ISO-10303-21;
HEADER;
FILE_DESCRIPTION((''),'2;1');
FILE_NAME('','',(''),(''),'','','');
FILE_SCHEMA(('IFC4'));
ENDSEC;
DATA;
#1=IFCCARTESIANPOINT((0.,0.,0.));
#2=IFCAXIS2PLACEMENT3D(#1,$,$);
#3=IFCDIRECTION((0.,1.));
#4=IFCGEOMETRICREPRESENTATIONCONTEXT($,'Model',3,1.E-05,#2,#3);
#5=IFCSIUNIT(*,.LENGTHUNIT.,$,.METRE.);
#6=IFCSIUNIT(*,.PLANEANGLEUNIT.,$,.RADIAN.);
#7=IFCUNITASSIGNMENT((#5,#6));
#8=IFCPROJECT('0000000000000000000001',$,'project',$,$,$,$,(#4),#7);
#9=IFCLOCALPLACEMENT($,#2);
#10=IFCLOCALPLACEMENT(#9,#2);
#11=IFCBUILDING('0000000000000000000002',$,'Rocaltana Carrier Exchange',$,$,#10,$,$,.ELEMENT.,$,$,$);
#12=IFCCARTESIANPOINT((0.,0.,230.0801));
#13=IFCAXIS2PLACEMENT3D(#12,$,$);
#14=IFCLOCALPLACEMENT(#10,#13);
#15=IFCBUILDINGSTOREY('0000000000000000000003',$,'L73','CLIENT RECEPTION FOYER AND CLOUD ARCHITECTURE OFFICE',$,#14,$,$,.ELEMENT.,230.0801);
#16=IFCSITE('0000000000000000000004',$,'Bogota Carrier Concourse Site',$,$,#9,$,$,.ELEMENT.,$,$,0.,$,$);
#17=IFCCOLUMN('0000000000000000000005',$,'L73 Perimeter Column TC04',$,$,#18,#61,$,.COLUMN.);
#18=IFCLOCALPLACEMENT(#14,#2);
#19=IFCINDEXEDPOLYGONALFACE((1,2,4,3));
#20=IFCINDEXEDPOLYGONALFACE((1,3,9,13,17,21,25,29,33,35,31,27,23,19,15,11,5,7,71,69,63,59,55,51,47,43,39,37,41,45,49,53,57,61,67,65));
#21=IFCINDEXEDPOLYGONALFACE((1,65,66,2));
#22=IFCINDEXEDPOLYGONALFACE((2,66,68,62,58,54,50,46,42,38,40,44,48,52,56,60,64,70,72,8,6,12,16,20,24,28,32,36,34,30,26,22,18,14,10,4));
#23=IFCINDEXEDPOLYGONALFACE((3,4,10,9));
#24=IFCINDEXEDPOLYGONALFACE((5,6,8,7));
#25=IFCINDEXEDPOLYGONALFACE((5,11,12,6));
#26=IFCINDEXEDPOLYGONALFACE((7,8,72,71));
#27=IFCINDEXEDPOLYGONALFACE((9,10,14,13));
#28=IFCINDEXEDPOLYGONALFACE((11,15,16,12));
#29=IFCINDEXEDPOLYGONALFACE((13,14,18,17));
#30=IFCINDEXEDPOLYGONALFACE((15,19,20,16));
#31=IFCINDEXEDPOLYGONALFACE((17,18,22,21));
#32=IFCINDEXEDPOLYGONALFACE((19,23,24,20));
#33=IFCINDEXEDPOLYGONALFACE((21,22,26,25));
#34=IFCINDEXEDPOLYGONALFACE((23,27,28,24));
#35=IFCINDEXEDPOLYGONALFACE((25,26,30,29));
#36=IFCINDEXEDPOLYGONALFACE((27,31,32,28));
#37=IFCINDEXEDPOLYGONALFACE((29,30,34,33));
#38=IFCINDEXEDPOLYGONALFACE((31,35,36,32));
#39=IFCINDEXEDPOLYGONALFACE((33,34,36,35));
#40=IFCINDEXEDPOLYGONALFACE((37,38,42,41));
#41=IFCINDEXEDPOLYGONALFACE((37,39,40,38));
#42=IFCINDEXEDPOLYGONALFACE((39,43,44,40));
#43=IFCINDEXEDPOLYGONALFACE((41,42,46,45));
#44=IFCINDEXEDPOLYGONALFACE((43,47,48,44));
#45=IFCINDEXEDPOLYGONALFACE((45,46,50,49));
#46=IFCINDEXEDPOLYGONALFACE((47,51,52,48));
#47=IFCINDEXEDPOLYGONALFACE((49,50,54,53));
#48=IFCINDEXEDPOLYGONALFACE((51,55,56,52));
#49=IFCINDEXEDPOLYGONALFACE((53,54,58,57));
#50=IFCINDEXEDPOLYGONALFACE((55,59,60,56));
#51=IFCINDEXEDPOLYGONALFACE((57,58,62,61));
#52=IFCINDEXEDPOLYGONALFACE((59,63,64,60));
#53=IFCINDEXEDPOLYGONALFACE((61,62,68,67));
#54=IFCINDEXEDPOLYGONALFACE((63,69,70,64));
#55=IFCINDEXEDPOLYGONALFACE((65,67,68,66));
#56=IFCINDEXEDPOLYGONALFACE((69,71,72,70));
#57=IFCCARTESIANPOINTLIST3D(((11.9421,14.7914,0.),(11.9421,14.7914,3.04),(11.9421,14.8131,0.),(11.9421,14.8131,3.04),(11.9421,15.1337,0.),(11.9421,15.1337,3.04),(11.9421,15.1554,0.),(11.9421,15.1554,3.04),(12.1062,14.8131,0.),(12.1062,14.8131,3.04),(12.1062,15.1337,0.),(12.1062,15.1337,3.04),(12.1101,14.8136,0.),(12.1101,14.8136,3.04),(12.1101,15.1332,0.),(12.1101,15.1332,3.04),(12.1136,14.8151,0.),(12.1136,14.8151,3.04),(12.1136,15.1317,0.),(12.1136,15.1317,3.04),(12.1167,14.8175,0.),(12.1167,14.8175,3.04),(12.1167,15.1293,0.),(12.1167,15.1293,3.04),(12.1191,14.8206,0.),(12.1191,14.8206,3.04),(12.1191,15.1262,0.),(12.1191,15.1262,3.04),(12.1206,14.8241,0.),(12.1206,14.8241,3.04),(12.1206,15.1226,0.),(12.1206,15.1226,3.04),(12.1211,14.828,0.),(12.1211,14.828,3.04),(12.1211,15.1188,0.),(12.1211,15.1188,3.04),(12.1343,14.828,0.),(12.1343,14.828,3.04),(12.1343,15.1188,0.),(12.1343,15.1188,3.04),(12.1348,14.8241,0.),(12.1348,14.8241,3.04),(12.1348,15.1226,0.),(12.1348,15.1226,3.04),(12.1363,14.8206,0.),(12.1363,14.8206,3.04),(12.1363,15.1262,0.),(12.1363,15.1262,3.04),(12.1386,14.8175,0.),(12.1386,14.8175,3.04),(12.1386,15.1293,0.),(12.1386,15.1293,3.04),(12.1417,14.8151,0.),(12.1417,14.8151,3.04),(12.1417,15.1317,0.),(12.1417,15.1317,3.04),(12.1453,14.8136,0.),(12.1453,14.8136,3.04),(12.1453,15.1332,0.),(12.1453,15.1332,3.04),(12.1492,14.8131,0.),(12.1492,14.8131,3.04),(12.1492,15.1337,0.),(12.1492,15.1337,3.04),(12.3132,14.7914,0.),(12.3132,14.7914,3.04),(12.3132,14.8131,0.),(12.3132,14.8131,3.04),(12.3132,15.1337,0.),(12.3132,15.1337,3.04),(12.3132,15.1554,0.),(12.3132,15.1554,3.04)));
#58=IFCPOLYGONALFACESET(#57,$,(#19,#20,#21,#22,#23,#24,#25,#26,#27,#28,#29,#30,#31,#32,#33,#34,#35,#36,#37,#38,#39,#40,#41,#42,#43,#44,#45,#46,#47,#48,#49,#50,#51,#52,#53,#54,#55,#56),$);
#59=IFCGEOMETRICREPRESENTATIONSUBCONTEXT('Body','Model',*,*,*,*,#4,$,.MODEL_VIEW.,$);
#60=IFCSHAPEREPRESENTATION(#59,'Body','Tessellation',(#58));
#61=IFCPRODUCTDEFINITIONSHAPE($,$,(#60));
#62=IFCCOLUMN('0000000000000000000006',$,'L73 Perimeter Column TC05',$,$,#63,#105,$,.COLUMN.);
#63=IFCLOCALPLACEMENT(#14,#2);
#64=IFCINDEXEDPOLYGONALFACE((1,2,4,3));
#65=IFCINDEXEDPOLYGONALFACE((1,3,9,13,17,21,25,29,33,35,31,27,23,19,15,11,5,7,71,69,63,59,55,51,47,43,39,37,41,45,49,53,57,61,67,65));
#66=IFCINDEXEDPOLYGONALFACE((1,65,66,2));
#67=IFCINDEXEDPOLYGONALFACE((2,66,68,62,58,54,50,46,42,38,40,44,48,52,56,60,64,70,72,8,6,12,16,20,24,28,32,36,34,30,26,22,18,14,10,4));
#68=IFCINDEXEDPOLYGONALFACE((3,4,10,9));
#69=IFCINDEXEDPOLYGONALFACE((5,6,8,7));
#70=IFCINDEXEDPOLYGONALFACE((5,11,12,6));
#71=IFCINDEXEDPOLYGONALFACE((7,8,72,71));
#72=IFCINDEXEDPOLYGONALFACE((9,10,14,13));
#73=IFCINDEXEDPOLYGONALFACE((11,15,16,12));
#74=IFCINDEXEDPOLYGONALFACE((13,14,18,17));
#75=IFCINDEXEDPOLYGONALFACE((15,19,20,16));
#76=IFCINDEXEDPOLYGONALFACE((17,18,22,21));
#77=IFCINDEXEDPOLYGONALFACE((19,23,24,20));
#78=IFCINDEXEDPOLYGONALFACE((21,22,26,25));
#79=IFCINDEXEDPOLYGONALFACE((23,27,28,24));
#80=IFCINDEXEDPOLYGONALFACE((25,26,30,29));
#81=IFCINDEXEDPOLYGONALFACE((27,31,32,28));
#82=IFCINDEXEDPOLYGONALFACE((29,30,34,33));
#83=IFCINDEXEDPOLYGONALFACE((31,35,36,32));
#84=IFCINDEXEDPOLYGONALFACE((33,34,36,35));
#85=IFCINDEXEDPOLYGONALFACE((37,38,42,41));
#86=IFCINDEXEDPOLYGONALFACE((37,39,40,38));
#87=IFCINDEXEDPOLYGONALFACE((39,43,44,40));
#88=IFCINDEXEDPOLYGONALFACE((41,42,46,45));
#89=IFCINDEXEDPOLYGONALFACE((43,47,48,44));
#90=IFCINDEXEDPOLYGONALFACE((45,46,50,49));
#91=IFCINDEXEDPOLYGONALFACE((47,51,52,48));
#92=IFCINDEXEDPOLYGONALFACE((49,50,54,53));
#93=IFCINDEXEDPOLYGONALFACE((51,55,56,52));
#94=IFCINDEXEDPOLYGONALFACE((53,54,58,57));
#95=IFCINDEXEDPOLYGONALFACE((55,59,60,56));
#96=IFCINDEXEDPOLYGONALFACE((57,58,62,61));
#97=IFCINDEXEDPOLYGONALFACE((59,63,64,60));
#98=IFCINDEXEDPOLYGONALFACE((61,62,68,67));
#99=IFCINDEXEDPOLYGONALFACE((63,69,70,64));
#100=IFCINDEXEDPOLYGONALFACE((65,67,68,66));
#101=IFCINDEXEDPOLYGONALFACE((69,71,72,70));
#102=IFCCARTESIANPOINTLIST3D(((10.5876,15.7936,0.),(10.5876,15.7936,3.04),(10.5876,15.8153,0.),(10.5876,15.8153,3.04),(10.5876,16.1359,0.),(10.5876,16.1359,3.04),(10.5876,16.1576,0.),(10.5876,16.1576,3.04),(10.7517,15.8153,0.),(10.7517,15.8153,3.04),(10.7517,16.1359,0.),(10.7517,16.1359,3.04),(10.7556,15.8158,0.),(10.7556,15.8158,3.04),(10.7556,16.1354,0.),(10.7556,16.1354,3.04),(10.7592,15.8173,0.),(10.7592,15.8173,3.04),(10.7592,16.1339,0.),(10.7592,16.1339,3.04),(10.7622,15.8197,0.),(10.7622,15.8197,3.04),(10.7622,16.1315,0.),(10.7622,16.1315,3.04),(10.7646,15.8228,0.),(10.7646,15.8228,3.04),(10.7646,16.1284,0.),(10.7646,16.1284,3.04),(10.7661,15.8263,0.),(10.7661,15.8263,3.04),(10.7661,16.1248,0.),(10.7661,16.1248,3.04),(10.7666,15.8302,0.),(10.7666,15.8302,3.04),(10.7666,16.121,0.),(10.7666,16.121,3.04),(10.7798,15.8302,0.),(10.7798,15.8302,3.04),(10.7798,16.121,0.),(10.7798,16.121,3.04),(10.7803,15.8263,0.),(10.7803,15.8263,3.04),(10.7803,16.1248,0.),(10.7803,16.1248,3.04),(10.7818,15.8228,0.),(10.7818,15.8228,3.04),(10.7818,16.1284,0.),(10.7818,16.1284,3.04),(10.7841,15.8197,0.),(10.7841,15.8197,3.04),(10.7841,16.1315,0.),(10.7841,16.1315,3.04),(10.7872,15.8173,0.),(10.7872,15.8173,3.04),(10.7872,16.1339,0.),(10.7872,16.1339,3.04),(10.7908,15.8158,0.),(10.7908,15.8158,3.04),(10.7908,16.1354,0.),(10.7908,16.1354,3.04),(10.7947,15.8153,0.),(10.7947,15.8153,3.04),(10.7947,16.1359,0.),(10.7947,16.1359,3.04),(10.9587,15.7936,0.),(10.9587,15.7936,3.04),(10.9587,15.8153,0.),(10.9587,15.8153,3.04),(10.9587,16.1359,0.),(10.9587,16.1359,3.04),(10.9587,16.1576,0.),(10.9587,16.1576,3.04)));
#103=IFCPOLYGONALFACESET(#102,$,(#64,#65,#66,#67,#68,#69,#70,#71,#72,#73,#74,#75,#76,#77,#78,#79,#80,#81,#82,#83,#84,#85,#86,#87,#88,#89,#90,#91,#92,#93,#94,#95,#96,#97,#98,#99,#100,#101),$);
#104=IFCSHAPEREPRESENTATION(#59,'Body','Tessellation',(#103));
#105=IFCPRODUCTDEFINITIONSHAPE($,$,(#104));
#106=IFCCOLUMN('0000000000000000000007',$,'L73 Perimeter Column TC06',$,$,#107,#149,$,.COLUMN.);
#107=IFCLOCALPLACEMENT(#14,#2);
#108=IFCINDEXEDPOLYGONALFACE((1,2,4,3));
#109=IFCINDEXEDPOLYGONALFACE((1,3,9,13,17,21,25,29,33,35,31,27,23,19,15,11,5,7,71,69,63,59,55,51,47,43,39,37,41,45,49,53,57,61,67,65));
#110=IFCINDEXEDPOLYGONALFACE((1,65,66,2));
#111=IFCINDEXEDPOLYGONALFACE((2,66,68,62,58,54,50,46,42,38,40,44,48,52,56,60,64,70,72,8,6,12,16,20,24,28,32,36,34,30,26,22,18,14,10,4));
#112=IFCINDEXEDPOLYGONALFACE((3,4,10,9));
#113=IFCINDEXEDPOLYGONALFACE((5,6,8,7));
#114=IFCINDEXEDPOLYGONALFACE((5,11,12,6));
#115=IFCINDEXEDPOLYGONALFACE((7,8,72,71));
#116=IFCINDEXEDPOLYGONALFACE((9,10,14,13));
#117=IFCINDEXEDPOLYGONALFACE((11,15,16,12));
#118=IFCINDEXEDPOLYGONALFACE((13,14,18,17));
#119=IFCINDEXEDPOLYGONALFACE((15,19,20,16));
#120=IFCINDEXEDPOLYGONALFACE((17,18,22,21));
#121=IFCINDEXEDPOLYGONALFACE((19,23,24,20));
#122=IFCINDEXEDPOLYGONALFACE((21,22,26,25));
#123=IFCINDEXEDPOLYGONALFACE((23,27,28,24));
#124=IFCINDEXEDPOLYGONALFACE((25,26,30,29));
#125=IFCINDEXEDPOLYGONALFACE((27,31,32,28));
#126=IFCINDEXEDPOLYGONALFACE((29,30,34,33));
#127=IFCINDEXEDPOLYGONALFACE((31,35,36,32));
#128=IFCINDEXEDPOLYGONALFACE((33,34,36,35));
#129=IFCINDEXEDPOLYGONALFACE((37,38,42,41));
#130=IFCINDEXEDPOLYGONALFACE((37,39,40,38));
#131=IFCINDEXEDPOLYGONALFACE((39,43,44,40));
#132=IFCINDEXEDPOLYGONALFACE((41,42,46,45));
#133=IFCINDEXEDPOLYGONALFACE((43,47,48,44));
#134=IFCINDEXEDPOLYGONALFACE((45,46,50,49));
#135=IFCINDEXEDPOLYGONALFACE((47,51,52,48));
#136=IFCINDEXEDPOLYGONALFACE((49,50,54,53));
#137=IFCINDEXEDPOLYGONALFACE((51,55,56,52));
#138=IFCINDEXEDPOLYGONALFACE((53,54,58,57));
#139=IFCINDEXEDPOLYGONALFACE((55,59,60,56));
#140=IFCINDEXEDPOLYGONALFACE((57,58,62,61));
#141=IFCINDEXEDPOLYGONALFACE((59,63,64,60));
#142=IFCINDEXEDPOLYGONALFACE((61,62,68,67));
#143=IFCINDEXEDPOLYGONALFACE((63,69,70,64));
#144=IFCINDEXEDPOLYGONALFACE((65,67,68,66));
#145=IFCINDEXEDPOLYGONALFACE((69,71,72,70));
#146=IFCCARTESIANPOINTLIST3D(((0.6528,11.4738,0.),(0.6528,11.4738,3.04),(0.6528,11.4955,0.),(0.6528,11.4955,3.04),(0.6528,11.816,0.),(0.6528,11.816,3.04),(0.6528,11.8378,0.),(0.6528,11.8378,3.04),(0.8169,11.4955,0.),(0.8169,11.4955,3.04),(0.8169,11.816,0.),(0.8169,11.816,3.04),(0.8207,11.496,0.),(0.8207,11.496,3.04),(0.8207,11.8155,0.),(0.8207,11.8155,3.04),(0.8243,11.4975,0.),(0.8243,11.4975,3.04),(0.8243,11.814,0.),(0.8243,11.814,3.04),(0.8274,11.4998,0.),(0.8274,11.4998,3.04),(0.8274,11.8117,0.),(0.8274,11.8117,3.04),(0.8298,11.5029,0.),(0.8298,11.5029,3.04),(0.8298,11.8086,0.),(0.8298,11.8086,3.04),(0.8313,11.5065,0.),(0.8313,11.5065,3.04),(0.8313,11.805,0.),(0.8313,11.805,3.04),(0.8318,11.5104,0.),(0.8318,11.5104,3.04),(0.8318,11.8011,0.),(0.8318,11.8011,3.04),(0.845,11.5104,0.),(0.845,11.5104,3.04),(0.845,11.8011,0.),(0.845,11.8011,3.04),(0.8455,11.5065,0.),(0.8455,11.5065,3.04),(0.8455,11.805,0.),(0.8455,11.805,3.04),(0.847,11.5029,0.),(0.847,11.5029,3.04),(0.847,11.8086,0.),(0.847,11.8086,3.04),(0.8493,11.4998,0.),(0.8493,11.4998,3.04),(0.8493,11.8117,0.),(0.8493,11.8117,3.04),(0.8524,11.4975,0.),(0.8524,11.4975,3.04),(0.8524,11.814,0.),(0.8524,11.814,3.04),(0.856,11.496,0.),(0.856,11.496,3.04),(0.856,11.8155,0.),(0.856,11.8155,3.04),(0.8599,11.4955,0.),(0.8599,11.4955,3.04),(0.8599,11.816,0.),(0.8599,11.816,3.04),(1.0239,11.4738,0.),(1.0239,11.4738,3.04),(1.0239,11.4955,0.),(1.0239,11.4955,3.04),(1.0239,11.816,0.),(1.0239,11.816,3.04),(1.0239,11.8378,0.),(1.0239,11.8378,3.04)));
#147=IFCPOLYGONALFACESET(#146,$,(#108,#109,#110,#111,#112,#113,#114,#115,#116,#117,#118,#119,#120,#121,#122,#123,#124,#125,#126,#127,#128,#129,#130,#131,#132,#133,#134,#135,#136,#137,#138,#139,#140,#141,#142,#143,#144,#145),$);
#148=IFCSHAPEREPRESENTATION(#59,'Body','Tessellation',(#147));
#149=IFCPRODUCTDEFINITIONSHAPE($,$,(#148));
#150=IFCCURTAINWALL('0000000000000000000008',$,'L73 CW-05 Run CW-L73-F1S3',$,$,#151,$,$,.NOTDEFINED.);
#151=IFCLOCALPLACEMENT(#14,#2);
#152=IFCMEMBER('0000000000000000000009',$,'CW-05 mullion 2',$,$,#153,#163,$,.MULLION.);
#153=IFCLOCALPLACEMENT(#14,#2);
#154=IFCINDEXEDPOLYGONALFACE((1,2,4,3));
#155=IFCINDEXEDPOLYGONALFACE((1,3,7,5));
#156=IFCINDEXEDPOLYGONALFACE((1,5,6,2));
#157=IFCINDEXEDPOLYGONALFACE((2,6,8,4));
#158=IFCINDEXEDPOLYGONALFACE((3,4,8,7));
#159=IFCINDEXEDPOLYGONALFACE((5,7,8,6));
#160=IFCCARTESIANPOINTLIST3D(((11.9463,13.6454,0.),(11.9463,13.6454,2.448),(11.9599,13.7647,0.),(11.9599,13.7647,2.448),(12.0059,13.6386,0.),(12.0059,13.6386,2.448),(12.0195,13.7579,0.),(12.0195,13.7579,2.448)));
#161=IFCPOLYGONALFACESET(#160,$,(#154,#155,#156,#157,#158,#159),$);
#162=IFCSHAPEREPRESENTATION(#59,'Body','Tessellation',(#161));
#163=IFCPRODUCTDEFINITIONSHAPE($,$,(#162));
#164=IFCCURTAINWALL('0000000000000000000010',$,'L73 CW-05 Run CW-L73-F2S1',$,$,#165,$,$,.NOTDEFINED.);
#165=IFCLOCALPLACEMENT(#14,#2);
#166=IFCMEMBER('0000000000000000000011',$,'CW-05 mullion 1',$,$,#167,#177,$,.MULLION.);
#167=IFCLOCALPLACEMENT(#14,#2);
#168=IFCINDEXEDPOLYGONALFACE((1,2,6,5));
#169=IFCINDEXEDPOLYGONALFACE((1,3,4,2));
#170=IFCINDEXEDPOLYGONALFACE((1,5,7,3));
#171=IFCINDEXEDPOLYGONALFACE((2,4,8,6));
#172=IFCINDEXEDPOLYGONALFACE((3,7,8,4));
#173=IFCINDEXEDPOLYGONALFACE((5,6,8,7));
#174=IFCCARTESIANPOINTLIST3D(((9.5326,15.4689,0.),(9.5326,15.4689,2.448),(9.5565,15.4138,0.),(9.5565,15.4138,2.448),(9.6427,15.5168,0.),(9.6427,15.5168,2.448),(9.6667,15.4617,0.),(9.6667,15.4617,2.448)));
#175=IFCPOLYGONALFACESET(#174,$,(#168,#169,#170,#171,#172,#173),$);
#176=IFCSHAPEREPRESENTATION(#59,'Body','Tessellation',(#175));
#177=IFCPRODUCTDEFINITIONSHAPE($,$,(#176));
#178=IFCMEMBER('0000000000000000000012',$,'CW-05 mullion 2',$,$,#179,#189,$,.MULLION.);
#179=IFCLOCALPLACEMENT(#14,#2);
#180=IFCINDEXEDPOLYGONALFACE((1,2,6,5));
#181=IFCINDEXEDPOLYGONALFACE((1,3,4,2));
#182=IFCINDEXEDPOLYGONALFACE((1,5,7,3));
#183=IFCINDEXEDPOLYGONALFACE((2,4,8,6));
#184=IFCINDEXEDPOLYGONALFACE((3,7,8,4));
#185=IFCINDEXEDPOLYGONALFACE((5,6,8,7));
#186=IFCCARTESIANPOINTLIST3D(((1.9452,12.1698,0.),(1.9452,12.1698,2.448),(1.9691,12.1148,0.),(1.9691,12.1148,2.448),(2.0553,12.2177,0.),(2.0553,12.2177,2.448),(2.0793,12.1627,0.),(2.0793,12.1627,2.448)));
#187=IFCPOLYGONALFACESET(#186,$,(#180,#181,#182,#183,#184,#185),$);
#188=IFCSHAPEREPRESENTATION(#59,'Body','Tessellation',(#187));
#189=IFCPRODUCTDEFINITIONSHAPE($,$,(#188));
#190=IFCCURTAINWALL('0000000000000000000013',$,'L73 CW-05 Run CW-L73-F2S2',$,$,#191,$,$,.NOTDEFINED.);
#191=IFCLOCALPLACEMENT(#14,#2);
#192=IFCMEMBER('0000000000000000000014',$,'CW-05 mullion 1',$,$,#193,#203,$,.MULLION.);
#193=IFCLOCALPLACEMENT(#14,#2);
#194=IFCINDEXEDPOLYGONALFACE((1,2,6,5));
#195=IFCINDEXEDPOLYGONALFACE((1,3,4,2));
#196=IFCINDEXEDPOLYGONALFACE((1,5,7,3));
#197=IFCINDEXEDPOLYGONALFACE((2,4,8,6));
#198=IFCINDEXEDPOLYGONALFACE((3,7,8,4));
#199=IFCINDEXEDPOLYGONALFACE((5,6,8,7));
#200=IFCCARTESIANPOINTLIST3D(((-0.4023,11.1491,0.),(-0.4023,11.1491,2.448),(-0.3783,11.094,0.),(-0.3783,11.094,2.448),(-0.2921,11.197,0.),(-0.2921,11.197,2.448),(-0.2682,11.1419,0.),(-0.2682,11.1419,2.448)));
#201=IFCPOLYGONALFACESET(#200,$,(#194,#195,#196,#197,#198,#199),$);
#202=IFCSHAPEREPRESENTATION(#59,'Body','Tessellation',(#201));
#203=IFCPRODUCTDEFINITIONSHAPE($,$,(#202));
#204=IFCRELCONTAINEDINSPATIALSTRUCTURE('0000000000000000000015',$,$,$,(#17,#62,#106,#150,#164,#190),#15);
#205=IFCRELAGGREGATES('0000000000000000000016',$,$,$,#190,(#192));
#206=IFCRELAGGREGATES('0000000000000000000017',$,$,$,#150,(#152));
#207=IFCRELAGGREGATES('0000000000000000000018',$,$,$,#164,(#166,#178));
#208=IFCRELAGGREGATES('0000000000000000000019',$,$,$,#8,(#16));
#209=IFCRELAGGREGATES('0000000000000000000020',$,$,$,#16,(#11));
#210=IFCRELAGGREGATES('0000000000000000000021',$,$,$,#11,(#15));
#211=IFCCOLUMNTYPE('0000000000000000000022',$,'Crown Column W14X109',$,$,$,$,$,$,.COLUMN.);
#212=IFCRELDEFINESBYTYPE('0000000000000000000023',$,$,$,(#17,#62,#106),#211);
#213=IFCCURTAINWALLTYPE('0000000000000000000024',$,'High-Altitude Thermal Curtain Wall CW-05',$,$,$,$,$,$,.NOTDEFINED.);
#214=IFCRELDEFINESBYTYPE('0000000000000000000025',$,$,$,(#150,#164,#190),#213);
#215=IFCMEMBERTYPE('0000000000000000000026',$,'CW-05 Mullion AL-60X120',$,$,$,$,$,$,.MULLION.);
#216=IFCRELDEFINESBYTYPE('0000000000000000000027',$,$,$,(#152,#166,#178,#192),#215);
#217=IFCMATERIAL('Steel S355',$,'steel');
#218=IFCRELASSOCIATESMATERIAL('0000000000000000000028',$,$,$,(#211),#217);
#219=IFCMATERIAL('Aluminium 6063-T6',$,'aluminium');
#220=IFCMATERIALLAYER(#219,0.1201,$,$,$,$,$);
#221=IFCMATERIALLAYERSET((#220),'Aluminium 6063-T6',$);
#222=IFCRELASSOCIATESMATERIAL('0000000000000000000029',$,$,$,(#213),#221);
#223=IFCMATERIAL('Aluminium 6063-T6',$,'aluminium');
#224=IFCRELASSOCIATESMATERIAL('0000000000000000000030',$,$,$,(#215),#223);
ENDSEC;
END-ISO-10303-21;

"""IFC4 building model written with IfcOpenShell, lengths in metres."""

from ifc_helpers import new_model, si_unit, direction, frame, origin, origin_2d, place, context, subcontext, project, spatial, rectangle, i_section, extrude, material, layer, layer_set, material_profile, profile_set, type_object, element, aggregate, save


model = new_model("IFC4")

# Units and contexts
model_context = context("Model", 3, precision=1e-05, world=origin(), true_north=direction((0.0, 1.0)))
body_context = subcontext(model_context, "Body", "Model", "MODEL_VIEW")
ifc_project = project(units=[si_unit("LENGTHUNIT", "METRE"), si_unit("PLANEANGLEUNIT", "RADIAN")], contexts=[model_context])

# Site, building, storey
site_placement = place(None, origin())
site = spatial("IfcSite", under=ifc_project, at=site_placement, Name="Bogota Carrier Concourse Site", CompositionType="ELEMENT", RefElevation=0.0)
building_placement = place(site_placement, origin())
building = spatial("IfcBuilding", under=site, at=building_placement, Name="Rocaltana Carrier Exchange", CompositionType="ELEMENT")
storey_placement = place(building_placement, frame((0.0, 0.0, 230.0801)))
storey = spatial("IfcBuildingStorey", under=building, at=storey_placement, Name="L73", Description="CLIENT RECEPTION FOYER AND CLOUD ARCHITECTURE OFFICE", CompositionType="ELEMENT", Elevation=230.0801)

# Columns
ifc_material_1 = material(Name="Steel S355", Category="steel")
ifc_material_profile_1 = material_profile(ifc_material_1, i_section(OverallWidth=0.3711, OverallDepth=0.364, WebThickness=0.0132, FlangeThickness=0.0217, FilletRadius=0.0149, at=origin_2d()), Name="W14X109")
ifc_profile_set_1 = profile_set([ifc_material_profile_1], Name="Steel S355")
column_type = type_object("IfcColumnType", Name="Crown Column W14X109", PredefinedType="COLUMN", material=ifc_profile_set_1)
for number, where, z_axis, x_axis, name in (
    (1, (12.1277, 14.9734, 0.0), (0.0, 0.0, 1.0), (1.0, 0.0, 0.0), "L73 Perimeter Column TC04"),
    (2, (10.7732, 15.9756, 0.0), (0.0, 0.0, 1.0), (1.0, 0.0, 0.0), "L73 Perimeter Column TC05"),
    (3, (0.8384, 11.6558, 0.0), (0.0, 0.0, 1.0), (1.0, 0.0, 0.0), "L73 Perimeter Column TC06"),
):
    element("IfcColumn", number, at=place(storey_placement, frame(where, z_axis=z_axis, x_axis=x_axis)), inside=storey, type_object=column_type, Name=name, PredefinedType="COLUMN", context=body_context, shape_type="SweptSolid", body=[
        extrude(i_section(OverallWidth=0.3711, OverallDepth=0.364, WebThickness=0.0132, FlangeThickness=0.0217, FilletRadius=0.0149, at=origin_2d()), origin(), (0.0, 0.0, 1.0), 3.04),
    ])

# Curtain wall, member
ifc_material_2 = material(Name="Aluminium 6063-T6", Category="aluminium")
ifc_layer_1 = layer(ifc_material_2, 0.1201)
ifc_layer_set_1 = layer_set([ifc_layer_1], Name="Aluminium 6063-T6")
curtain_wall_type = type_object("IfcCurtainWallType", Name="High-Altitude Thermal Curtain Wall CW-05", PredefinedType="NOTDEFINED", material=ifc_layer_set_1)
curtain_wall_1_placement = place(storey_placement, origin())
curtain_wall_1 = element("IfcCurtainWall", 4, at=curtain_wall_1_placement, inside=storey, type_object=curtain_wall_type, Name="L73 CW-05 Run CW-L73-F1S3", PredefinedType="NOTDEFINED")
ifc_material_3 = material(Name="Aluminium 6063-T6", Category="aluminium")
ifc_material_profile_2 = material_profile(ifc_material_3, rectangle(XDim=0.0601, YDim=0.1201, at=origin_2d()), Name="AL-60X120")
ifc_profile_set_2 = profile_set([ifc_material_profile_2], Name="Aluminium 6063-T6")
member_type_1 = type_object("IfcMemberType", Name="CW-05 Mullion AL-60X120", PredefinedType="MULLION", material=ifc_profile_set_2)
member_1_placement = place(storey_placement, frame((11.9829, 13.7017, 0.0), z_axis=(0.0, 0.0, 1.0), x_axis=(-0.993573, 0.113197, 0.0)))
member_1 = element("IfcMember", 5, at=member_1_placement, type_object=member_type_1, Name="CW-05 mullion 2", PredefinedType="MULLION", context=body_context, shape_type="SweptSolid", body=[
    extrude(rectangle(XDim=0.0601, YDim=0.1201, at=origin_2d()), origin(), (0.0, 0.0, 1.0), 2.448),
])

# Curtain wall, members
curtain_wall_2_placement = place(storey_placement, origin())
curtain_wall_2 = element("IfcCurtainWall", 6, at=curtain_wall_2_placement, inside=storey, type_object=curtain_wall_type, Name="L73 CW-05 Run CW-L73-F2S1", PredefinedType="NOTDEFINED")
member_2_placement = place(storey_placement, frame((9.5996, 15.4653, 0.0), z_axis=(0.0, 0.0, 1.0), x_axis=(0.398757, -0.917057, 0.0)))
member_2 = element("IfcMember", 7, at=member_2_placement, type_object=member_type_1, Name="CW-05 mullion 1", PredefinedType="MULLION", context=body_context, shape_type="SweptSolid", body=[
    extrude(rectangle(XDim=0.0601, YDim=0.1201, at=origin_2d()), origin(), (0.0, 0.0, 1.0), 2.448),
])
member_3_placement = place(storey_placement, frame((2.0122, 12.1663, 0.0), z_axis=(0.0, 0.0, 1.0), x_axis=(0.398757, -0.917057, 0.0)))
member_3 = element("IfcMember", 8, at=member_3_placement, type_object=member_type_1, Name="CW-05 mullion 2", PredefinedType="MULLION", context=body_context, shape_type="SweptSolid", body=[
    extrude(rectangle(XDim=0.0601, YDim=0.1201, at=origin_2d()), origin(), (0.0, 0.0, 1.0), 2.448),
])

# Curtain wall, member
curtain_wall_3_placement = place(storey_placement, origin())
curtain_wall_3 = element("IfcCurtainWall", 9, at=curtain_wall_3_placement, inside=storey, type_object=curtain_wall_type, Name="L73 CW-05 Run CW-L73-F2S2", PredefinedType="NOTDEFINED")
member_4_placement = place(storey_placement, frame((-0.3352, 11.1455, 0.0), z_axis=(0.0, 0.0, 1.0), x_axis=(0.398752, -0.917059, 0.0)))
member_4 = element("IfcMember", 10, at=member_4_placement, type_object=member_type_1, Name="CW-05 mullion 1", PredefinedType="MULLION", context=body_context, shape_type="SweptSolid", body=[
    extrude(rectangle(XDim=0.0601, YDim=0.1201, at=origin_2d()), origin(), (0.0, 0.0, 1.0), 2.448),
])

aggregate(curtain_wall_3, [member_4])

aggregate(curtain_wall_1, [member_1])
aggregate(curtain_wall_2, [member_2, member_3])

save(model, "model.ifc")
